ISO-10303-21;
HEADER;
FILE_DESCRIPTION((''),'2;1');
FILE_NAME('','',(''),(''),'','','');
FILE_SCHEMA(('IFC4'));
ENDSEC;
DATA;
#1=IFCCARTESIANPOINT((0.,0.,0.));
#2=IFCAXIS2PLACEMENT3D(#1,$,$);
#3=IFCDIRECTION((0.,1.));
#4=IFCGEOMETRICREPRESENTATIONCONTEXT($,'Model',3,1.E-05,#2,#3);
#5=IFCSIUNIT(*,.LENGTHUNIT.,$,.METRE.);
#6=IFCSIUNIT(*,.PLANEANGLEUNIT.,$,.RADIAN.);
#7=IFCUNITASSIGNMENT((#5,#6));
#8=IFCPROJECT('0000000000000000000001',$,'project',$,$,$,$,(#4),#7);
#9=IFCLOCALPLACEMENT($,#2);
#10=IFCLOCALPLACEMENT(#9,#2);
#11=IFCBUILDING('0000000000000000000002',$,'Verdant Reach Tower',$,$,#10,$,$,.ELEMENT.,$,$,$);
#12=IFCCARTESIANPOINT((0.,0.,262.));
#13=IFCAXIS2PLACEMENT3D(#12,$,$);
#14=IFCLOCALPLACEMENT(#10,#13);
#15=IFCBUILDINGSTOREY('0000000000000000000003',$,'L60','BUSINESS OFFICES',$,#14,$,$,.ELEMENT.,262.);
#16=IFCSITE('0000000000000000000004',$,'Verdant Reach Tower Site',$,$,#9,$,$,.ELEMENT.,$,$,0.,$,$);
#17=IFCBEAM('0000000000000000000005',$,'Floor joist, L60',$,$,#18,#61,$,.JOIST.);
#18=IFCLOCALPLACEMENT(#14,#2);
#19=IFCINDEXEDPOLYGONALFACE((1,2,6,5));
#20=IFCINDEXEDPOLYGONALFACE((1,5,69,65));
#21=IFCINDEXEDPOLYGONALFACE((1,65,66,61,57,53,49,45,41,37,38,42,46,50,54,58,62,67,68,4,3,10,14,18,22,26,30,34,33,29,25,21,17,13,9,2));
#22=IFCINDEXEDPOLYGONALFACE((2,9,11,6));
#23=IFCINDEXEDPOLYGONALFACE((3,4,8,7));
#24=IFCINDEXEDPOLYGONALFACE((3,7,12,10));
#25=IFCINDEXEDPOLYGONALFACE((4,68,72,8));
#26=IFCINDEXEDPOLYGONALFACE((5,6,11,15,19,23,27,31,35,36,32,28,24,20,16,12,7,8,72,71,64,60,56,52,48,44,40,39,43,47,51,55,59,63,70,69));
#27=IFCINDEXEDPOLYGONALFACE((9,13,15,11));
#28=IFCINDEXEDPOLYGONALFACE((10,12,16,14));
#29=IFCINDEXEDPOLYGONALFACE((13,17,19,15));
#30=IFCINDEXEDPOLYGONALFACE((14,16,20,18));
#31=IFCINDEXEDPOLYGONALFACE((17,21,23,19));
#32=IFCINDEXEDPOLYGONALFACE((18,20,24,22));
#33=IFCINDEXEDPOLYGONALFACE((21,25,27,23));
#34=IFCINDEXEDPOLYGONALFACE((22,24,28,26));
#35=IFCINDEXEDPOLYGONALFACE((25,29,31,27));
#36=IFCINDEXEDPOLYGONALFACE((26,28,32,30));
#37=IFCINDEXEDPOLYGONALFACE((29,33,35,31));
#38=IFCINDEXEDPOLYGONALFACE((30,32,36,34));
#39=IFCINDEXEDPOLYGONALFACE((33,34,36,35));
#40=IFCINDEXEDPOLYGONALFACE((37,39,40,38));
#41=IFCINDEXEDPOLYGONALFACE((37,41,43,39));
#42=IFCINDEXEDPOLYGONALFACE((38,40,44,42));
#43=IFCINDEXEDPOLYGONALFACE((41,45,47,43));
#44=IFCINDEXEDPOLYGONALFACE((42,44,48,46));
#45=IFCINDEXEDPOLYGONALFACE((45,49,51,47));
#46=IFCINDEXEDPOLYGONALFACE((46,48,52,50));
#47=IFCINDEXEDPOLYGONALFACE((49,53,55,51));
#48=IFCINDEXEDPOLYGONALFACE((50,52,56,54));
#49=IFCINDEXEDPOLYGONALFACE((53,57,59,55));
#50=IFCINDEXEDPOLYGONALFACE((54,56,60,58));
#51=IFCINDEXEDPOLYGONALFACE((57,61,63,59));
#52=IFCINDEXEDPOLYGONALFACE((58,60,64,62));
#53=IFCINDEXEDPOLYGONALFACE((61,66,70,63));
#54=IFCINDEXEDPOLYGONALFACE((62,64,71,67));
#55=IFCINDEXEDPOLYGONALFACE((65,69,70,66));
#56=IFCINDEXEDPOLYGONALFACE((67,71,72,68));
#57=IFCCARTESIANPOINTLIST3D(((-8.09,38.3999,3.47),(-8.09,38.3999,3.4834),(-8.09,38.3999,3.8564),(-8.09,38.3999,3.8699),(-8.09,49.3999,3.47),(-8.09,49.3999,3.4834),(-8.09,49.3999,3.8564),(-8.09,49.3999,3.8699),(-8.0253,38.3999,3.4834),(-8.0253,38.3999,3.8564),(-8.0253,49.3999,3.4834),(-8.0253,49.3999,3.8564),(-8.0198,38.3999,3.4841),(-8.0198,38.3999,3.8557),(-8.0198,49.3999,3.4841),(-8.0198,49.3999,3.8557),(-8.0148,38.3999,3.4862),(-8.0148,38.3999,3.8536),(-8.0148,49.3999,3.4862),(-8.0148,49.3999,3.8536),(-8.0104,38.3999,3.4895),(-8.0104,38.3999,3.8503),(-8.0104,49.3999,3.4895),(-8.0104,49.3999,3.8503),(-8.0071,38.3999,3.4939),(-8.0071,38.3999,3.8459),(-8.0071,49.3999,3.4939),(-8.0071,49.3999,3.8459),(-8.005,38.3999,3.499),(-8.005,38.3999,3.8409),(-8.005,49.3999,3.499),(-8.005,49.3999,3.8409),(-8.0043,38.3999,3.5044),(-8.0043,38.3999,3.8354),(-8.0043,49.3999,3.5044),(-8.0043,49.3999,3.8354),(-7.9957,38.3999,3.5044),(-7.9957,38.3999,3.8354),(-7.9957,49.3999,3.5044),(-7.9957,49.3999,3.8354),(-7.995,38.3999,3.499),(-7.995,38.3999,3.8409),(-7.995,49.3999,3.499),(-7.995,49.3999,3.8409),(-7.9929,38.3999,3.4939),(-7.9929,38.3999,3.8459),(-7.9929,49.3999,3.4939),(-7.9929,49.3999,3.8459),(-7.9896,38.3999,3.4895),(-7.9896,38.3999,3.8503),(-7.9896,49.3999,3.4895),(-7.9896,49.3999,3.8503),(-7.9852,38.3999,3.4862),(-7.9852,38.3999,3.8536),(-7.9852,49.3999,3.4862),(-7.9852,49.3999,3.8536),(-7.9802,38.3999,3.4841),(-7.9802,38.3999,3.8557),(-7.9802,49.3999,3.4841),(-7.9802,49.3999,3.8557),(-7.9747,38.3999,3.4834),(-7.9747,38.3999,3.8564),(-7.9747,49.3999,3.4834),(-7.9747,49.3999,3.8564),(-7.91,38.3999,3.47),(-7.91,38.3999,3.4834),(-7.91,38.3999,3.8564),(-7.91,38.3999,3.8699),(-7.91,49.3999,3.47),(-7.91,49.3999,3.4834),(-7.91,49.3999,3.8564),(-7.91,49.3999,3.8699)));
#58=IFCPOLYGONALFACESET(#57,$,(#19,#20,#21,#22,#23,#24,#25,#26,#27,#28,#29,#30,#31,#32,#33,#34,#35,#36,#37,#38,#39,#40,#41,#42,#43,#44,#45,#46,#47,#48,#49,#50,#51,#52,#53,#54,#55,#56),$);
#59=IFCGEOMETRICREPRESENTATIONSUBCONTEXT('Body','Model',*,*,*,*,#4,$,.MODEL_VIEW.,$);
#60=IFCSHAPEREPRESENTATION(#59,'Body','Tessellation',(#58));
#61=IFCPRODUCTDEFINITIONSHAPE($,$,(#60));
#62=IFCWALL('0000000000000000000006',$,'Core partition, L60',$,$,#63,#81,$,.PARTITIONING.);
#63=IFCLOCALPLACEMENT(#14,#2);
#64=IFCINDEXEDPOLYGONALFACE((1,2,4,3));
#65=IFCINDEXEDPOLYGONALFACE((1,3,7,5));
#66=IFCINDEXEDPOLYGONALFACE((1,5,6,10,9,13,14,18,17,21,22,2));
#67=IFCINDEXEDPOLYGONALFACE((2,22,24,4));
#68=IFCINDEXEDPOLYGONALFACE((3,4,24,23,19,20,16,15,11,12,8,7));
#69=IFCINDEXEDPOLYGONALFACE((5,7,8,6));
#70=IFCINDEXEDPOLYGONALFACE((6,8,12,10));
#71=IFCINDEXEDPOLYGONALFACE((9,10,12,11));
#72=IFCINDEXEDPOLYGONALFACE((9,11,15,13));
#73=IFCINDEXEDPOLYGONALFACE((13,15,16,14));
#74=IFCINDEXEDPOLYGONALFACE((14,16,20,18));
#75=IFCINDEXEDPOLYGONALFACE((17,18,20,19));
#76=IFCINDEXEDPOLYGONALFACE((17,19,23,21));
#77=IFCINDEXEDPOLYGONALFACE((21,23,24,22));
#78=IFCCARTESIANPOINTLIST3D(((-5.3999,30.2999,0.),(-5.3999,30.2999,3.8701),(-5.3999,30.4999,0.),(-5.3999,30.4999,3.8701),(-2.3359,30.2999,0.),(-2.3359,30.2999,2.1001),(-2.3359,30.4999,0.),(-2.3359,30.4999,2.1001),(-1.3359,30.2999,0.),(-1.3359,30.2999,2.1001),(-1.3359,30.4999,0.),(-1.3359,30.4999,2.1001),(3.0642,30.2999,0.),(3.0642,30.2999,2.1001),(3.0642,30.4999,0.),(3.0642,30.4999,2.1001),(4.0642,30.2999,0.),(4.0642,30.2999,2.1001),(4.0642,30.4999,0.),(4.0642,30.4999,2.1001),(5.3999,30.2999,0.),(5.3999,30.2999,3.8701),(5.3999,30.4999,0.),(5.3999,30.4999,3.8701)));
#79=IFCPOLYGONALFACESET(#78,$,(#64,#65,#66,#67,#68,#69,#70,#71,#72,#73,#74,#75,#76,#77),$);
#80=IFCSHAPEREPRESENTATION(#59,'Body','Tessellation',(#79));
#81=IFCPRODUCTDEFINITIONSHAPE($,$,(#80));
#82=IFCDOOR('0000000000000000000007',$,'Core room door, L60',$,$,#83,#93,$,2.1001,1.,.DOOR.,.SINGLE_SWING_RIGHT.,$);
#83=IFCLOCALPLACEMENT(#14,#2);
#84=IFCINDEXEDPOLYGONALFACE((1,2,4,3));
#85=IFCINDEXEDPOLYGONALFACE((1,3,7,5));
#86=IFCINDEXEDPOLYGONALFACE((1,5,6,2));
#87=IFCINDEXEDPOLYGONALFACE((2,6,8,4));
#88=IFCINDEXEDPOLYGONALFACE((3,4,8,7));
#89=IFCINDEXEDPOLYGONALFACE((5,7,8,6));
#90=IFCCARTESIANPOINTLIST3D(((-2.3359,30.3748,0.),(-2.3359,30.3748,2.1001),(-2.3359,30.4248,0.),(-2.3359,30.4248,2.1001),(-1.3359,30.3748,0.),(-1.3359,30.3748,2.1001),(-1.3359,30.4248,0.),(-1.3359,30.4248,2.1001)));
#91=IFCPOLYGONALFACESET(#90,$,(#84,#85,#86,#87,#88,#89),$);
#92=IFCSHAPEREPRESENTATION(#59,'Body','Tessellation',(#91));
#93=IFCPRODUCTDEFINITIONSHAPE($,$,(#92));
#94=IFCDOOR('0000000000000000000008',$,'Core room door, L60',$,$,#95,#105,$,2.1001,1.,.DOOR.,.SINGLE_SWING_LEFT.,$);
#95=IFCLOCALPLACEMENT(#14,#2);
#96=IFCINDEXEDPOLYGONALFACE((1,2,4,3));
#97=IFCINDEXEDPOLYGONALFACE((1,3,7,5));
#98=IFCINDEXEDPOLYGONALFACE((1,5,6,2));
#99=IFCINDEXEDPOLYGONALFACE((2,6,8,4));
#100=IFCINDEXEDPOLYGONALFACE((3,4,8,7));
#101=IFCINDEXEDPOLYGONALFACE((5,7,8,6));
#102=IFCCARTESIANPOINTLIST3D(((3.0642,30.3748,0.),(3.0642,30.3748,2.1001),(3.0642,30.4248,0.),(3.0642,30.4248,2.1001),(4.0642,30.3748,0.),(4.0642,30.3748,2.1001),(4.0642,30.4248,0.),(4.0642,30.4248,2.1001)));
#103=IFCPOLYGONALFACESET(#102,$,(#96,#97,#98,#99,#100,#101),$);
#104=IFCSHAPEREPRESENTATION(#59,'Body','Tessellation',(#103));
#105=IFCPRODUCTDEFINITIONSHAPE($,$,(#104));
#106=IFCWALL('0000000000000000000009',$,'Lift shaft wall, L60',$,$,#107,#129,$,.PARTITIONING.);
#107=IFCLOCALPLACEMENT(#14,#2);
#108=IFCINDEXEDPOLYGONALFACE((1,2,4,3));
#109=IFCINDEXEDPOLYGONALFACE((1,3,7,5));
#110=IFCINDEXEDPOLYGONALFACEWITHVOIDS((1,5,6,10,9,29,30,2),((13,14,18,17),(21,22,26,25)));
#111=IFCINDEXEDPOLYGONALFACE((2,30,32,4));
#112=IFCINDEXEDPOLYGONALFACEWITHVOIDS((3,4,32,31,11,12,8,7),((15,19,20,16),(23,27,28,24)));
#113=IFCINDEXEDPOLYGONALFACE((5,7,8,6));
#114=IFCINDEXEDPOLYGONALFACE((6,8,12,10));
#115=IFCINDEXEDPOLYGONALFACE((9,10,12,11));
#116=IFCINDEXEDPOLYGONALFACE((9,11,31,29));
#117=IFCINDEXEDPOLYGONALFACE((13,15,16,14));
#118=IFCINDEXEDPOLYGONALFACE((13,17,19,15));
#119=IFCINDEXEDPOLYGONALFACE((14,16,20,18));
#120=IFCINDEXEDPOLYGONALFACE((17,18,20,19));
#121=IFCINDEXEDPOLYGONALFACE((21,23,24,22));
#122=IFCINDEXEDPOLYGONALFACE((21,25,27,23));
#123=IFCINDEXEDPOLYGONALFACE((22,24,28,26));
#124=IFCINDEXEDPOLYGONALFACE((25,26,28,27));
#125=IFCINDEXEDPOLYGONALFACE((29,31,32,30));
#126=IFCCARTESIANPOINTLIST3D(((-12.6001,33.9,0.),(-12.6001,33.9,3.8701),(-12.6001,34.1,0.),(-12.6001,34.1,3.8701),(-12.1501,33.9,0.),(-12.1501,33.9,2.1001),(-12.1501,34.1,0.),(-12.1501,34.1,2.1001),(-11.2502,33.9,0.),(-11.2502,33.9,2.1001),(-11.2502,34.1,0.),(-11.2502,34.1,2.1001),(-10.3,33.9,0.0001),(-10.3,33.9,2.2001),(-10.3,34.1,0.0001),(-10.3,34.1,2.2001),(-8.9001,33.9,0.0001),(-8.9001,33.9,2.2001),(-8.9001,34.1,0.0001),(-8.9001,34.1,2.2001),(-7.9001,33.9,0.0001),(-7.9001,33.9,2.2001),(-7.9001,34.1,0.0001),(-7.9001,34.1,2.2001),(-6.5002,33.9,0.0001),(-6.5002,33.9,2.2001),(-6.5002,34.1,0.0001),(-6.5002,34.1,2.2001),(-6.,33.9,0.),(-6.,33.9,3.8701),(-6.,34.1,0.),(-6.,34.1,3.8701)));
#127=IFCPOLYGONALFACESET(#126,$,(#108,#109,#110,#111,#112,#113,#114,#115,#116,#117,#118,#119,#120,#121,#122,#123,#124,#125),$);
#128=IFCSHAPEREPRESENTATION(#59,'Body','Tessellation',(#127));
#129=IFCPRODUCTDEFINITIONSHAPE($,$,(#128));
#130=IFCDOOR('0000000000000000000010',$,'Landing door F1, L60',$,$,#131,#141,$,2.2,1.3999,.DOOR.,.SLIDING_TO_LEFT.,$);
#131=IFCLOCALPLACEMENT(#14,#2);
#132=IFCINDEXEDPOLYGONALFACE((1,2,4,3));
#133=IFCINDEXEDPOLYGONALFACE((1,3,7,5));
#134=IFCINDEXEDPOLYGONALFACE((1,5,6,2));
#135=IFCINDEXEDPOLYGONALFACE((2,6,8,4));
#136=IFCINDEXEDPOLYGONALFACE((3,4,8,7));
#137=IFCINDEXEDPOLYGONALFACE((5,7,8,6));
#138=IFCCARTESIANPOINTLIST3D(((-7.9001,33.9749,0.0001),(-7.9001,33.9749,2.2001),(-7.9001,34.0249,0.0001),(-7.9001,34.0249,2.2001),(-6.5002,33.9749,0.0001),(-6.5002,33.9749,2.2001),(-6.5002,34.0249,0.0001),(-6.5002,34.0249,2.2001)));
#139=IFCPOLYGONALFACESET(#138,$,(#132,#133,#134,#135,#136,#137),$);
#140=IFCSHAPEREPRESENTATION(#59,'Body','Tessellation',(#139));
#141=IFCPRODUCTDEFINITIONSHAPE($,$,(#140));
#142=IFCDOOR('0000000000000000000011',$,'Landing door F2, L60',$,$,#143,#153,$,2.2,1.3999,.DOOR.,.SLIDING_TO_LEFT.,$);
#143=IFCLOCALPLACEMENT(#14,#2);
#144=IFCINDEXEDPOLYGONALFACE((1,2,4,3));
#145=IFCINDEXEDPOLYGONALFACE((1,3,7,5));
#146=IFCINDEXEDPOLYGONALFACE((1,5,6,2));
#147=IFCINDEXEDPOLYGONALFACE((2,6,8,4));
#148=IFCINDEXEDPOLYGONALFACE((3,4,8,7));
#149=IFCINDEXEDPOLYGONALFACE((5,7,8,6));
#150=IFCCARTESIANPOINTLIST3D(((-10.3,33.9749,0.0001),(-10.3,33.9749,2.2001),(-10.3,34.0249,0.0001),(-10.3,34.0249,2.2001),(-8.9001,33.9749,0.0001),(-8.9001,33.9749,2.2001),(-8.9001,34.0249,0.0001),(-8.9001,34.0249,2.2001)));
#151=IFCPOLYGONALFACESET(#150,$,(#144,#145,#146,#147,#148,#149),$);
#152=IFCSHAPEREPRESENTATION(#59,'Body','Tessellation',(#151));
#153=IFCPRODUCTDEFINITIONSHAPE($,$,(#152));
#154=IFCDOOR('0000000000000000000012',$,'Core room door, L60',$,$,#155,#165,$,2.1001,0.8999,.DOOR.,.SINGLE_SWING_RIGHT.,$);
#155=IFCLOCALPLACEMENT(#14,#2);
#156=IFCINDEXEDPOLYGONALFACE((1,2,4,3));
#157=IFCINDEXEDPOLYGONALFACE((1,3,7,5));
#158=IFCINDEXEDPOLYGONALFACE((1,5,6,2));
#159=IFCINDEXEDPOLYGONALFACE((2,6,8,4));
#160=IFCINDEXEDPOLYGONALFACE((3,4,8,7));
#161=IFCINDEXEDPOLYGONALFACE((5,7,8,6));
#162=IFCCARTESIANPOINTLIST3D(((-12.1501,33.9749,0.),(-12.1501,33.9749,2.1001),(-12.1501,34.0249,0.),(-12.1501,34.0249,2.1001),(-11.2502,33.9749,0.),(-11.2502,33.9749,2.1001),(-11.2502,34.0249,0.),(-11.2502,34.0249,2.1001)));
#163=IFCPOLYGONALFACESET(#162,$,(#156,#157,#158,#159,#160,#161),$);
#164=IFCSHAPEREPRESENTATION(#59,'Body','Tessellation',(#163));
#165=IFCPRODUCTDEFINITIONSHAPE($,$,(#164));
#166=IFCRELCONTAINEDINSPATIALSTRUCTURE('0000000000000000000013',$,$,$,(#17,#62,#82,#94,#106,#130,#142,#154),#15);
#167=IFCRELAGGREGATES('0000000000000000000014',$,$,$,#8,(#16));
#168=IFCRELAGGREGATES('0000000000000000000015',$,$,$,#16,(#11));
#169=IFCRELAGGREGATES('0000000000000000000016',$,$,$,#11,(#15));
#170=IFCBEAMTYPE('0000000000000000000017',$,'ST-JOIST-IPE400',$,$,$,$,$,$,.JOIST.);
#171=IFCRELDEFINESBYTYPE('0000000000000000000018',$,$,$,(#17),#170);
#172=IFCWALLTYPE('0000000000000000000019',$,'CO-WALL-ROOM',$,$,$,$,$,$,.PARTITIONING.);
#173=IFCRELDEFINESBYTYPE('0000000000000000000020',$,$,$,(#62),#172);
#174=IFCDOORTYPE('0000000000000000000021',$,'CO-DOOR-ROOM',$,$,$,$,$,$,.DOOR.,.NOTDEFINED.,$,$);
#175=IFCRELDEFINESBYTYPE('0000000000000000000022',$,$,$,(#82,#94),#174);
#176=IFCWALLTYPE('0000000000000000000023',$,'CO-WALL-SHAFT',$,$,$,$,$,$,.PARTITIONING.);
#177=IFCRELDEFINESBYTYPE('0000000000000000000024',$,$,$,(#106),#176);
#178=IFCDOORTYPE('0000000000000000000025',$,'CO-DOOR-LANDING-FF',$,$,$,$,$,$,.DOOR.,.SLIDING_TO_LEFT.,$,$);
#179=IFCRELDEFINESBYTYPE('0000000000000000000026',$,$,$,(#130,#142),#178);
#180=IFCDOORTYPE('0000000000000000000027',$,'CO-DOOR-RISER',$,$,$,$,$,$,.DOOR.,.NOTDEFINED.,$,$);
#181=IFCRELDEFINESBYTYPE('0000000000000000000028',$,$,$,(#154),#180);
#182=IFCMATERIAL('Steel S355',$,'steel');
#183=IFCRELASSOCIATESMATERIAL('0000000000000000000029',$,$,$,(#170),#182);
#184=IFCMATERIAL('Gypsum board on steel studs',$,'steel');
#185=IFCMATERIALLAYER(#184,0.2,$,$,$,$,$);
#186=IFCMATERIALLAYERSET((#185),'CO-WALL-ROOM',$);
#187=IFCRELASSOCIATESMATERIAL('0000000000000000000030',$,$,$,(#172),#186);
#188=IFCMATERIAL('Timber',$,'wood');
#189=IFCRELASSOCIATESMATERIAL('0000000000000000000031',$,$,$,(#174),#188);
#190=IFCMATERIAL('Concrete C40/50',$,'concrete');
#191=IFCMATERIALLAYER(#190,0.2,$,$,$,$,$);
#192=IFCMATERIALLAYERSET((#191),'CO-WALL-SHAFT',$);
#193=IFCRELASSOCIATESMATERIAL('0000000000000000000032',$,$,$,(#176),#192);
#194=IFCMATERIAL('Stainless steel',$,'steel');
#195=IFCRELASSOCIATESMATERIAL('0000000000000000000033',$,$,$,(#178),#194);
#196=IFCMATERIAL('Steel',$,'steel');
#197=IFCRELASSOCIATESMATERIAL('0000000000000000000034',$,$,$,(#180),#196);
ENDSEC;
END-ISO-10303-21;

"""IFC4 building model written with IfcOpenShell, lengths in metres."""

from ifc_helpers import new_model, si_unit, direction, frame, frame_2d, origin, origin_2d, place, context, subcontext, project, spatial, rectangle, i_section, extrude, material, layer, layer_set, material_profile, profile_set, type_object, element, fill, save


model = new_model("IFC4")

# Units and contexts
model_context = context("Model", 3, precision=1e-05, world=origin(), true_north=direction((0.0, 1.0)))
body_context = subcontext(model_context, "Body", "Model", "MODEL_VIEW")
ifc_project = project(units=[si_unit("LENGTHUNIT", "METRE"), si_unit("PLANEANGLEUNIT", "RADIAN")], contexts=[model_context])

# Site, building, storey
site_placement = place(None, origin())
site = spatial("IfcSite", under=ifc_project, at=site_placement, Name="Verdant Reach Tower Site", CompositionType="ELEMENT", RefElevation=0.0)
building_placement = place(site_placement, origin())
building = spatial("IfcBuilding", under=site, at=building_placement, Name="Verdant Reach Tower", CompositionType="ELEMENT")
storey_placement = place(building_placement, frame((0.0, 0.0, 262.0)))
storey = spatial("IfcBuildingStorey", under=building, at=storey_placement, Name="L60", Description="BUSINESS OFFICES", CompositionType="ELEMENT", Elevation=262.0)

# Beam
ifc_material_1 = material(Name="Steel S355", Category="steel")
ifc_material_profile_1 = material_profile(ifc_material_1, i_section(OverallWidth=0.1799, OverallDepth=0.3999, WebThickness=0.0085, FlangeThickness=0.0134, FilletRadius=0.021, at=origin_2d()), Name="IPE 400")
ifc_profile_set_1 = profile_set([ifc_material_profile_1], Name="Steel S355")
beam_type_1 = type_object("IfcBeamType", Name="ST-JOIST-IPE400", PredefinedType="JOIST", material=ifc_profile_set_1)
for number, where, z_axis, x_axis, name in (
    (1, (-8.0, 38.3999, 3.6699), (0.0, 1.0, 0.0), (-1.0, 0.0, 0.0), "Floor joist, L60"),
):
    element("IfcBeam", number, at=place(storey_placement, frame(where, z_axis=z_axis, x_axis=x_axis)), inside=storey, type_object=beam_type_1, Name=name, PredefinedType="JOIST", context=body_context, shape_type="SweptSolid", body=[
        extrude(i_section(OverallWidth=0.1799, OverallDepth=0.3999, WebThickness=0.0085, FlangeThickness=0.0134, FilletRadius=0.021, at=origin_2d()), origin(), (0.0, 0.0, 1.0), 11.0),
    ])

# Walls, openings, doors
ifc_material_2 = material(Name="Gypsum board on steel studs", Category="steel")
ifc_layer_1 = layer(ifc_material_2, 0.2)
ifc_layer_set_1 = layer_set([ifc_layer_1], Name="CO-WALL-ROOM")
wall_type_1 = type_object("IfcWallType", Name="CO-WALL-ROOM", PredefinedType="PARTITIONING", material=ifc_layer_set_1)
wall_1_placement = place(storey_placement, frame((-5.3999, 30.3999, 0.0), z_axis=(0.0, 0.0, 1.0), x_axis=(1.0, 0.0, 0.0)))
wall_1 = element("IfcWall", 2, at=wall_1_placement, inside=storey, type_object=wall_type_1, Name="Core partition, L60", PredefinedType="PARTITIONING", context=body_context, shape_type="SweptSolid", body=[
    extrude(rectangle(XDim=10.7998, YDim=0.2, at=frame_2d((5.3999, 0.0))), origin(), (0.0, 0.0, 1.0), 3.8701),
])
opening_1_placement = place(wall_1_placement, frame((3.064, 0.0, 0.0)))
opening_1 = element("IfcOpeningElement", 3, at=opening_1_placement, cuts=wall_1, PredefinedType="OPENING", context=body_context, shape_type="SweptSolid", body=[
    extrude(rectangle(XDim=1.0, YDim=2.1001, at=frame_2d((0.5, 1.05))), frame((0.0, 0.1099, 0.0), z_axis=(0.0, -1.0, 0.0), x_axis=(1.0, 0.0, 0.0)), (0.0, 0.0, 1.0), 0.22),
])
opening_2_placement = place(wall_1_placement, frame((8.4641, 0.0, 0.0)))
opening_2 = element("IfcOpeningElement", 4, at=opening_2_placement, cuts=wall_1, PredefinedType="OPENING", context=body_context, shape_type="SweptSolid", body=[
    extrude(rectangle(XDim=1.0, YDim=2.1001, at=frame_2d((0.5, 1.05))), frame((0.0, 0.1099, 0.0), z_axis=(0.0, -1.0, 0.0), x_axis=(1.0, 0.0, 0.0)), (0.0, 0.0, 1.0), 0.22),
])
ifc_material_3 = material(Name="Timber", Category="wood")
door_type_1 = type_object("IfcDoorType", Name="CO-DOOR-ROOM", OperationType="NOTDEFINED", PredefinedType="DOOR", material=ifc_material_3)
door_1_placement = place(opening_1_placement, origin())
door_1 = element("IfcDoor", 5, at=door_1_placement, inside=storey, type_object=door_type_1, Name="Core room door, L60", OperationType="SINGLE_SWING_RIGHT", OverallHeight=2.1001, OverallWidth=1.0, PredefinedType="DOOR", context=body_context, shape_type="SweptSolid", body=[
    extrude(rectangle(XDim=1.0, YDim=2.1001, at=frame_2d((0.5, 1.05))), frame((0.0, 0.0249, 0.0), z_axis=(0.0, -1.0, 0.0), x_axis=(1.0, 0.0, 0.0)), (0.0, 0.0, 1.0), 0.05),
])
fill(opening_1, door_1)
door_2_placement = place(opening_2_placement, origin())
door_2 = element("IfcDoor", 6, at=door_2_placement, inside=storey, type_object=door_type_1, Name="Core room door, L60", OperationType="SINGLE_SWING_LEFT", OverallHeight=2.1001, OverallWidth=1.0, PredefinedType="DOOR", context=body_context, shape_type="SweptSolid", body=[
    extrude(rectangle(XDim=1.0, YDim=2.1001, at=frame_2d((0.5, 1.05))), frame((0.0, 0.0249, 0.0), z_axis=(0.0, -1.0, 0.0), x_axis=(1.0, 0.0, 0.0)), (0.0, 0.0, 1.0), 0.05),
])
fill(opening_2, door_2)
ifc_material_4 = material(Name="Concrete C40/50", Category="concrete")
ifc_layer_2 = layer(ifc_material_4, 0.2)
ifc_layer_set_2 = layer_set([ifc_layer_2], Name="CO-WALL-SHAFT")
wall_type_2 = type_object("IfcWallType", Name="CO-WALL-SHAFT", PredefinedType="PARTITIONING", material=ifc_layer_set_2)
wall_2_placement = place(storey_placement, frame((-12.6001, 34.0, 0.0), z_axis=(0.0, 0.0, 1.0), x_axis=(1.0, 0.0, 0.0)))
wall_2 = element("IfcWall", 7, at=wall_2_placement, inside=storey, type_object=wall_type_2, Name="Lift shaft wall, L60", PredefinedType="PARTITIONING", context=body_context, shape_type="SweptSolid", body=[
    extrude(rectangle(XDim=6.6001, YDim=0.2, at=frame_2d((3.3, 0.0))), origin(), (0.0, 0.0, 1.0), 3.8701),
])
opening_3_placement = place(wall_2_placement, frame((4.7, 0.0, 0.0)))
opening_3 = element("IfcOpeningElement", 8, at=opening_3_placement, cuts=wall_2, PredefinedType="OPENING", context=body_context, shape_type="SweptSolid", body=[
    extrude(rectangle(XDim=1.3999, YDim=2.2, at=frame_2d((0.7, 1.1001))), frame((0.0, 0.1099, 0.0), z_axis=(0.0, -1.0, 0.0), x_axis=(1.0, 0.0, 0.0)), (0.0, 0.0, 1.0), 0.22),
])
opening_4_placement = place(wall_2_placement, frame((2.3, 0.0, 0.0)))
opening_4 = element("IfcOpeningElement", 9, at=opening_4_placement, cuts=wall_2, PredefinedType="OPENING", context=body_context, shape_type="SweptSolid", body=[
    extrude(rectangle(XDim=1.3999, YDim=2.2, at=frame_2d((0.7, 1.1001))), frame((0.0, 0.1099, 0.0), z_axis=(0.0, -1.0, 0.0), x_axis=(1.0, 0.0, 0.0)), (0.0, 0.0, 1.0), 0.22),
])
opening_5_placement = place(wall_2_placement, frame((0.45, 0.0, 0.0)))
opening_5 = element("IfcOpeningElement", 10, at=opening_5_placement, cuts=wall_2, PredefinedType="OPENING", context=body_context, shape_type="SweptSolid", body=[
    extrude(rectangle(XDim=0.8999, YDim=2.1001, at=frame_2d((0.45, 1.05))), frame((0.0, 0.1099, 0.0), z_axis=(0.0, -1.0, 0.0), x_axis=(1.0, 0.0, 0.0)), (0.0, 0.0, 1.0), 0.22),
])
ifc_material_5 = material(Name="Stainless steel", Category="steel")
door_type_2 = type_object("IfcDoorType", Name="CO-DOOR-LANDING-FF", OperationType="SLIDING_TO_LEFT", PredefinedType="DOOR", material=ifc_material_5)
door_3_placement = place(opening_3_placement, origin())
door_3 = element("IfcDoor", 11, at=door_3_placement, inside=storey, type_object=door_type_2, Name="Landing door F1, L60", OperationType="SLIDING_TO_LEFT", OverallHeight=2.2, OverallWidth=1.3999, PredefinedType="DOOR", context=body_context, shape_type="SweptSolid", body=[
    extrude(rectangle(XDim=1.3999, YDim=2.2, at=frame_2d((0.7, 1.1001))), frame((0.0, 0.0249, 0.0), z_axis=(0.0, -1.0, 0.0), x_axis=(1.0, 0.0, 0.0)), (0.0, 0.0, 1.0), 0.05),
])
fill(opening_3, door_3)
door_4_placement = place(opening_4_placement, origin())
door_4 = element("IfcDoor", 12, at=door_4_placement, inside=storey, type_object=door_type_2, Name="Landing door F2, L60", OperationType="SLIDING_TO_LEFT", OverallHeight=2.2, OverallWidth=1.3999, PredefinedType="DOOR", context=body_context, shape_type="SweptSolid", body=[
    extrude(rectangle(XDim=1.3999, YDim=2.2, at=frame_2d((0.7, 1.1001))), frame((0.0, 0.0249, 0.0), z_axis=(0.0, -1.0, 0.0), x_axis=(1.0, 0.0, 0.0)), (0.0, 0.0, 1.0), 0.05),
])
fill(opening_4, door_4)
ifc_material_6 = material(Name="Steel", Category="steel")
door_type_3 = type_object("IfcDoorType", Name="CO-DOOR-RISER", OperationType="NOTDEFINED", PredefinedType="DOOR", material=ifc_material_6)
door_5_placement = place(opening_5_placement, origin())
door_5 = element("IfcDoor", 13, at=door_5_placement, inside=storey, type_object=door_type_3, Name="Core room door, L60", OperationType="SINGLE_SWING_RIGHT", OverallHeight=2.1001, OverallWidth=0.8999, PredefinedType="DOOR", context=body_context, shape_type="SweptSolid", body=[
    extrude(rectangle(XDim=0.8999, YDim=2.1001, at=frame_2d((0.45, 1.05))), frame((0.0, 0.0249, 0.0), z_axis=(0.0, -1.0, 0.0), x_axis=(1.0, 0.0, 0.0)), (0.0, 0.0, 1.0), 0.05),
])
fill(opening_5, door_5)

save(model, "model.ifc")
